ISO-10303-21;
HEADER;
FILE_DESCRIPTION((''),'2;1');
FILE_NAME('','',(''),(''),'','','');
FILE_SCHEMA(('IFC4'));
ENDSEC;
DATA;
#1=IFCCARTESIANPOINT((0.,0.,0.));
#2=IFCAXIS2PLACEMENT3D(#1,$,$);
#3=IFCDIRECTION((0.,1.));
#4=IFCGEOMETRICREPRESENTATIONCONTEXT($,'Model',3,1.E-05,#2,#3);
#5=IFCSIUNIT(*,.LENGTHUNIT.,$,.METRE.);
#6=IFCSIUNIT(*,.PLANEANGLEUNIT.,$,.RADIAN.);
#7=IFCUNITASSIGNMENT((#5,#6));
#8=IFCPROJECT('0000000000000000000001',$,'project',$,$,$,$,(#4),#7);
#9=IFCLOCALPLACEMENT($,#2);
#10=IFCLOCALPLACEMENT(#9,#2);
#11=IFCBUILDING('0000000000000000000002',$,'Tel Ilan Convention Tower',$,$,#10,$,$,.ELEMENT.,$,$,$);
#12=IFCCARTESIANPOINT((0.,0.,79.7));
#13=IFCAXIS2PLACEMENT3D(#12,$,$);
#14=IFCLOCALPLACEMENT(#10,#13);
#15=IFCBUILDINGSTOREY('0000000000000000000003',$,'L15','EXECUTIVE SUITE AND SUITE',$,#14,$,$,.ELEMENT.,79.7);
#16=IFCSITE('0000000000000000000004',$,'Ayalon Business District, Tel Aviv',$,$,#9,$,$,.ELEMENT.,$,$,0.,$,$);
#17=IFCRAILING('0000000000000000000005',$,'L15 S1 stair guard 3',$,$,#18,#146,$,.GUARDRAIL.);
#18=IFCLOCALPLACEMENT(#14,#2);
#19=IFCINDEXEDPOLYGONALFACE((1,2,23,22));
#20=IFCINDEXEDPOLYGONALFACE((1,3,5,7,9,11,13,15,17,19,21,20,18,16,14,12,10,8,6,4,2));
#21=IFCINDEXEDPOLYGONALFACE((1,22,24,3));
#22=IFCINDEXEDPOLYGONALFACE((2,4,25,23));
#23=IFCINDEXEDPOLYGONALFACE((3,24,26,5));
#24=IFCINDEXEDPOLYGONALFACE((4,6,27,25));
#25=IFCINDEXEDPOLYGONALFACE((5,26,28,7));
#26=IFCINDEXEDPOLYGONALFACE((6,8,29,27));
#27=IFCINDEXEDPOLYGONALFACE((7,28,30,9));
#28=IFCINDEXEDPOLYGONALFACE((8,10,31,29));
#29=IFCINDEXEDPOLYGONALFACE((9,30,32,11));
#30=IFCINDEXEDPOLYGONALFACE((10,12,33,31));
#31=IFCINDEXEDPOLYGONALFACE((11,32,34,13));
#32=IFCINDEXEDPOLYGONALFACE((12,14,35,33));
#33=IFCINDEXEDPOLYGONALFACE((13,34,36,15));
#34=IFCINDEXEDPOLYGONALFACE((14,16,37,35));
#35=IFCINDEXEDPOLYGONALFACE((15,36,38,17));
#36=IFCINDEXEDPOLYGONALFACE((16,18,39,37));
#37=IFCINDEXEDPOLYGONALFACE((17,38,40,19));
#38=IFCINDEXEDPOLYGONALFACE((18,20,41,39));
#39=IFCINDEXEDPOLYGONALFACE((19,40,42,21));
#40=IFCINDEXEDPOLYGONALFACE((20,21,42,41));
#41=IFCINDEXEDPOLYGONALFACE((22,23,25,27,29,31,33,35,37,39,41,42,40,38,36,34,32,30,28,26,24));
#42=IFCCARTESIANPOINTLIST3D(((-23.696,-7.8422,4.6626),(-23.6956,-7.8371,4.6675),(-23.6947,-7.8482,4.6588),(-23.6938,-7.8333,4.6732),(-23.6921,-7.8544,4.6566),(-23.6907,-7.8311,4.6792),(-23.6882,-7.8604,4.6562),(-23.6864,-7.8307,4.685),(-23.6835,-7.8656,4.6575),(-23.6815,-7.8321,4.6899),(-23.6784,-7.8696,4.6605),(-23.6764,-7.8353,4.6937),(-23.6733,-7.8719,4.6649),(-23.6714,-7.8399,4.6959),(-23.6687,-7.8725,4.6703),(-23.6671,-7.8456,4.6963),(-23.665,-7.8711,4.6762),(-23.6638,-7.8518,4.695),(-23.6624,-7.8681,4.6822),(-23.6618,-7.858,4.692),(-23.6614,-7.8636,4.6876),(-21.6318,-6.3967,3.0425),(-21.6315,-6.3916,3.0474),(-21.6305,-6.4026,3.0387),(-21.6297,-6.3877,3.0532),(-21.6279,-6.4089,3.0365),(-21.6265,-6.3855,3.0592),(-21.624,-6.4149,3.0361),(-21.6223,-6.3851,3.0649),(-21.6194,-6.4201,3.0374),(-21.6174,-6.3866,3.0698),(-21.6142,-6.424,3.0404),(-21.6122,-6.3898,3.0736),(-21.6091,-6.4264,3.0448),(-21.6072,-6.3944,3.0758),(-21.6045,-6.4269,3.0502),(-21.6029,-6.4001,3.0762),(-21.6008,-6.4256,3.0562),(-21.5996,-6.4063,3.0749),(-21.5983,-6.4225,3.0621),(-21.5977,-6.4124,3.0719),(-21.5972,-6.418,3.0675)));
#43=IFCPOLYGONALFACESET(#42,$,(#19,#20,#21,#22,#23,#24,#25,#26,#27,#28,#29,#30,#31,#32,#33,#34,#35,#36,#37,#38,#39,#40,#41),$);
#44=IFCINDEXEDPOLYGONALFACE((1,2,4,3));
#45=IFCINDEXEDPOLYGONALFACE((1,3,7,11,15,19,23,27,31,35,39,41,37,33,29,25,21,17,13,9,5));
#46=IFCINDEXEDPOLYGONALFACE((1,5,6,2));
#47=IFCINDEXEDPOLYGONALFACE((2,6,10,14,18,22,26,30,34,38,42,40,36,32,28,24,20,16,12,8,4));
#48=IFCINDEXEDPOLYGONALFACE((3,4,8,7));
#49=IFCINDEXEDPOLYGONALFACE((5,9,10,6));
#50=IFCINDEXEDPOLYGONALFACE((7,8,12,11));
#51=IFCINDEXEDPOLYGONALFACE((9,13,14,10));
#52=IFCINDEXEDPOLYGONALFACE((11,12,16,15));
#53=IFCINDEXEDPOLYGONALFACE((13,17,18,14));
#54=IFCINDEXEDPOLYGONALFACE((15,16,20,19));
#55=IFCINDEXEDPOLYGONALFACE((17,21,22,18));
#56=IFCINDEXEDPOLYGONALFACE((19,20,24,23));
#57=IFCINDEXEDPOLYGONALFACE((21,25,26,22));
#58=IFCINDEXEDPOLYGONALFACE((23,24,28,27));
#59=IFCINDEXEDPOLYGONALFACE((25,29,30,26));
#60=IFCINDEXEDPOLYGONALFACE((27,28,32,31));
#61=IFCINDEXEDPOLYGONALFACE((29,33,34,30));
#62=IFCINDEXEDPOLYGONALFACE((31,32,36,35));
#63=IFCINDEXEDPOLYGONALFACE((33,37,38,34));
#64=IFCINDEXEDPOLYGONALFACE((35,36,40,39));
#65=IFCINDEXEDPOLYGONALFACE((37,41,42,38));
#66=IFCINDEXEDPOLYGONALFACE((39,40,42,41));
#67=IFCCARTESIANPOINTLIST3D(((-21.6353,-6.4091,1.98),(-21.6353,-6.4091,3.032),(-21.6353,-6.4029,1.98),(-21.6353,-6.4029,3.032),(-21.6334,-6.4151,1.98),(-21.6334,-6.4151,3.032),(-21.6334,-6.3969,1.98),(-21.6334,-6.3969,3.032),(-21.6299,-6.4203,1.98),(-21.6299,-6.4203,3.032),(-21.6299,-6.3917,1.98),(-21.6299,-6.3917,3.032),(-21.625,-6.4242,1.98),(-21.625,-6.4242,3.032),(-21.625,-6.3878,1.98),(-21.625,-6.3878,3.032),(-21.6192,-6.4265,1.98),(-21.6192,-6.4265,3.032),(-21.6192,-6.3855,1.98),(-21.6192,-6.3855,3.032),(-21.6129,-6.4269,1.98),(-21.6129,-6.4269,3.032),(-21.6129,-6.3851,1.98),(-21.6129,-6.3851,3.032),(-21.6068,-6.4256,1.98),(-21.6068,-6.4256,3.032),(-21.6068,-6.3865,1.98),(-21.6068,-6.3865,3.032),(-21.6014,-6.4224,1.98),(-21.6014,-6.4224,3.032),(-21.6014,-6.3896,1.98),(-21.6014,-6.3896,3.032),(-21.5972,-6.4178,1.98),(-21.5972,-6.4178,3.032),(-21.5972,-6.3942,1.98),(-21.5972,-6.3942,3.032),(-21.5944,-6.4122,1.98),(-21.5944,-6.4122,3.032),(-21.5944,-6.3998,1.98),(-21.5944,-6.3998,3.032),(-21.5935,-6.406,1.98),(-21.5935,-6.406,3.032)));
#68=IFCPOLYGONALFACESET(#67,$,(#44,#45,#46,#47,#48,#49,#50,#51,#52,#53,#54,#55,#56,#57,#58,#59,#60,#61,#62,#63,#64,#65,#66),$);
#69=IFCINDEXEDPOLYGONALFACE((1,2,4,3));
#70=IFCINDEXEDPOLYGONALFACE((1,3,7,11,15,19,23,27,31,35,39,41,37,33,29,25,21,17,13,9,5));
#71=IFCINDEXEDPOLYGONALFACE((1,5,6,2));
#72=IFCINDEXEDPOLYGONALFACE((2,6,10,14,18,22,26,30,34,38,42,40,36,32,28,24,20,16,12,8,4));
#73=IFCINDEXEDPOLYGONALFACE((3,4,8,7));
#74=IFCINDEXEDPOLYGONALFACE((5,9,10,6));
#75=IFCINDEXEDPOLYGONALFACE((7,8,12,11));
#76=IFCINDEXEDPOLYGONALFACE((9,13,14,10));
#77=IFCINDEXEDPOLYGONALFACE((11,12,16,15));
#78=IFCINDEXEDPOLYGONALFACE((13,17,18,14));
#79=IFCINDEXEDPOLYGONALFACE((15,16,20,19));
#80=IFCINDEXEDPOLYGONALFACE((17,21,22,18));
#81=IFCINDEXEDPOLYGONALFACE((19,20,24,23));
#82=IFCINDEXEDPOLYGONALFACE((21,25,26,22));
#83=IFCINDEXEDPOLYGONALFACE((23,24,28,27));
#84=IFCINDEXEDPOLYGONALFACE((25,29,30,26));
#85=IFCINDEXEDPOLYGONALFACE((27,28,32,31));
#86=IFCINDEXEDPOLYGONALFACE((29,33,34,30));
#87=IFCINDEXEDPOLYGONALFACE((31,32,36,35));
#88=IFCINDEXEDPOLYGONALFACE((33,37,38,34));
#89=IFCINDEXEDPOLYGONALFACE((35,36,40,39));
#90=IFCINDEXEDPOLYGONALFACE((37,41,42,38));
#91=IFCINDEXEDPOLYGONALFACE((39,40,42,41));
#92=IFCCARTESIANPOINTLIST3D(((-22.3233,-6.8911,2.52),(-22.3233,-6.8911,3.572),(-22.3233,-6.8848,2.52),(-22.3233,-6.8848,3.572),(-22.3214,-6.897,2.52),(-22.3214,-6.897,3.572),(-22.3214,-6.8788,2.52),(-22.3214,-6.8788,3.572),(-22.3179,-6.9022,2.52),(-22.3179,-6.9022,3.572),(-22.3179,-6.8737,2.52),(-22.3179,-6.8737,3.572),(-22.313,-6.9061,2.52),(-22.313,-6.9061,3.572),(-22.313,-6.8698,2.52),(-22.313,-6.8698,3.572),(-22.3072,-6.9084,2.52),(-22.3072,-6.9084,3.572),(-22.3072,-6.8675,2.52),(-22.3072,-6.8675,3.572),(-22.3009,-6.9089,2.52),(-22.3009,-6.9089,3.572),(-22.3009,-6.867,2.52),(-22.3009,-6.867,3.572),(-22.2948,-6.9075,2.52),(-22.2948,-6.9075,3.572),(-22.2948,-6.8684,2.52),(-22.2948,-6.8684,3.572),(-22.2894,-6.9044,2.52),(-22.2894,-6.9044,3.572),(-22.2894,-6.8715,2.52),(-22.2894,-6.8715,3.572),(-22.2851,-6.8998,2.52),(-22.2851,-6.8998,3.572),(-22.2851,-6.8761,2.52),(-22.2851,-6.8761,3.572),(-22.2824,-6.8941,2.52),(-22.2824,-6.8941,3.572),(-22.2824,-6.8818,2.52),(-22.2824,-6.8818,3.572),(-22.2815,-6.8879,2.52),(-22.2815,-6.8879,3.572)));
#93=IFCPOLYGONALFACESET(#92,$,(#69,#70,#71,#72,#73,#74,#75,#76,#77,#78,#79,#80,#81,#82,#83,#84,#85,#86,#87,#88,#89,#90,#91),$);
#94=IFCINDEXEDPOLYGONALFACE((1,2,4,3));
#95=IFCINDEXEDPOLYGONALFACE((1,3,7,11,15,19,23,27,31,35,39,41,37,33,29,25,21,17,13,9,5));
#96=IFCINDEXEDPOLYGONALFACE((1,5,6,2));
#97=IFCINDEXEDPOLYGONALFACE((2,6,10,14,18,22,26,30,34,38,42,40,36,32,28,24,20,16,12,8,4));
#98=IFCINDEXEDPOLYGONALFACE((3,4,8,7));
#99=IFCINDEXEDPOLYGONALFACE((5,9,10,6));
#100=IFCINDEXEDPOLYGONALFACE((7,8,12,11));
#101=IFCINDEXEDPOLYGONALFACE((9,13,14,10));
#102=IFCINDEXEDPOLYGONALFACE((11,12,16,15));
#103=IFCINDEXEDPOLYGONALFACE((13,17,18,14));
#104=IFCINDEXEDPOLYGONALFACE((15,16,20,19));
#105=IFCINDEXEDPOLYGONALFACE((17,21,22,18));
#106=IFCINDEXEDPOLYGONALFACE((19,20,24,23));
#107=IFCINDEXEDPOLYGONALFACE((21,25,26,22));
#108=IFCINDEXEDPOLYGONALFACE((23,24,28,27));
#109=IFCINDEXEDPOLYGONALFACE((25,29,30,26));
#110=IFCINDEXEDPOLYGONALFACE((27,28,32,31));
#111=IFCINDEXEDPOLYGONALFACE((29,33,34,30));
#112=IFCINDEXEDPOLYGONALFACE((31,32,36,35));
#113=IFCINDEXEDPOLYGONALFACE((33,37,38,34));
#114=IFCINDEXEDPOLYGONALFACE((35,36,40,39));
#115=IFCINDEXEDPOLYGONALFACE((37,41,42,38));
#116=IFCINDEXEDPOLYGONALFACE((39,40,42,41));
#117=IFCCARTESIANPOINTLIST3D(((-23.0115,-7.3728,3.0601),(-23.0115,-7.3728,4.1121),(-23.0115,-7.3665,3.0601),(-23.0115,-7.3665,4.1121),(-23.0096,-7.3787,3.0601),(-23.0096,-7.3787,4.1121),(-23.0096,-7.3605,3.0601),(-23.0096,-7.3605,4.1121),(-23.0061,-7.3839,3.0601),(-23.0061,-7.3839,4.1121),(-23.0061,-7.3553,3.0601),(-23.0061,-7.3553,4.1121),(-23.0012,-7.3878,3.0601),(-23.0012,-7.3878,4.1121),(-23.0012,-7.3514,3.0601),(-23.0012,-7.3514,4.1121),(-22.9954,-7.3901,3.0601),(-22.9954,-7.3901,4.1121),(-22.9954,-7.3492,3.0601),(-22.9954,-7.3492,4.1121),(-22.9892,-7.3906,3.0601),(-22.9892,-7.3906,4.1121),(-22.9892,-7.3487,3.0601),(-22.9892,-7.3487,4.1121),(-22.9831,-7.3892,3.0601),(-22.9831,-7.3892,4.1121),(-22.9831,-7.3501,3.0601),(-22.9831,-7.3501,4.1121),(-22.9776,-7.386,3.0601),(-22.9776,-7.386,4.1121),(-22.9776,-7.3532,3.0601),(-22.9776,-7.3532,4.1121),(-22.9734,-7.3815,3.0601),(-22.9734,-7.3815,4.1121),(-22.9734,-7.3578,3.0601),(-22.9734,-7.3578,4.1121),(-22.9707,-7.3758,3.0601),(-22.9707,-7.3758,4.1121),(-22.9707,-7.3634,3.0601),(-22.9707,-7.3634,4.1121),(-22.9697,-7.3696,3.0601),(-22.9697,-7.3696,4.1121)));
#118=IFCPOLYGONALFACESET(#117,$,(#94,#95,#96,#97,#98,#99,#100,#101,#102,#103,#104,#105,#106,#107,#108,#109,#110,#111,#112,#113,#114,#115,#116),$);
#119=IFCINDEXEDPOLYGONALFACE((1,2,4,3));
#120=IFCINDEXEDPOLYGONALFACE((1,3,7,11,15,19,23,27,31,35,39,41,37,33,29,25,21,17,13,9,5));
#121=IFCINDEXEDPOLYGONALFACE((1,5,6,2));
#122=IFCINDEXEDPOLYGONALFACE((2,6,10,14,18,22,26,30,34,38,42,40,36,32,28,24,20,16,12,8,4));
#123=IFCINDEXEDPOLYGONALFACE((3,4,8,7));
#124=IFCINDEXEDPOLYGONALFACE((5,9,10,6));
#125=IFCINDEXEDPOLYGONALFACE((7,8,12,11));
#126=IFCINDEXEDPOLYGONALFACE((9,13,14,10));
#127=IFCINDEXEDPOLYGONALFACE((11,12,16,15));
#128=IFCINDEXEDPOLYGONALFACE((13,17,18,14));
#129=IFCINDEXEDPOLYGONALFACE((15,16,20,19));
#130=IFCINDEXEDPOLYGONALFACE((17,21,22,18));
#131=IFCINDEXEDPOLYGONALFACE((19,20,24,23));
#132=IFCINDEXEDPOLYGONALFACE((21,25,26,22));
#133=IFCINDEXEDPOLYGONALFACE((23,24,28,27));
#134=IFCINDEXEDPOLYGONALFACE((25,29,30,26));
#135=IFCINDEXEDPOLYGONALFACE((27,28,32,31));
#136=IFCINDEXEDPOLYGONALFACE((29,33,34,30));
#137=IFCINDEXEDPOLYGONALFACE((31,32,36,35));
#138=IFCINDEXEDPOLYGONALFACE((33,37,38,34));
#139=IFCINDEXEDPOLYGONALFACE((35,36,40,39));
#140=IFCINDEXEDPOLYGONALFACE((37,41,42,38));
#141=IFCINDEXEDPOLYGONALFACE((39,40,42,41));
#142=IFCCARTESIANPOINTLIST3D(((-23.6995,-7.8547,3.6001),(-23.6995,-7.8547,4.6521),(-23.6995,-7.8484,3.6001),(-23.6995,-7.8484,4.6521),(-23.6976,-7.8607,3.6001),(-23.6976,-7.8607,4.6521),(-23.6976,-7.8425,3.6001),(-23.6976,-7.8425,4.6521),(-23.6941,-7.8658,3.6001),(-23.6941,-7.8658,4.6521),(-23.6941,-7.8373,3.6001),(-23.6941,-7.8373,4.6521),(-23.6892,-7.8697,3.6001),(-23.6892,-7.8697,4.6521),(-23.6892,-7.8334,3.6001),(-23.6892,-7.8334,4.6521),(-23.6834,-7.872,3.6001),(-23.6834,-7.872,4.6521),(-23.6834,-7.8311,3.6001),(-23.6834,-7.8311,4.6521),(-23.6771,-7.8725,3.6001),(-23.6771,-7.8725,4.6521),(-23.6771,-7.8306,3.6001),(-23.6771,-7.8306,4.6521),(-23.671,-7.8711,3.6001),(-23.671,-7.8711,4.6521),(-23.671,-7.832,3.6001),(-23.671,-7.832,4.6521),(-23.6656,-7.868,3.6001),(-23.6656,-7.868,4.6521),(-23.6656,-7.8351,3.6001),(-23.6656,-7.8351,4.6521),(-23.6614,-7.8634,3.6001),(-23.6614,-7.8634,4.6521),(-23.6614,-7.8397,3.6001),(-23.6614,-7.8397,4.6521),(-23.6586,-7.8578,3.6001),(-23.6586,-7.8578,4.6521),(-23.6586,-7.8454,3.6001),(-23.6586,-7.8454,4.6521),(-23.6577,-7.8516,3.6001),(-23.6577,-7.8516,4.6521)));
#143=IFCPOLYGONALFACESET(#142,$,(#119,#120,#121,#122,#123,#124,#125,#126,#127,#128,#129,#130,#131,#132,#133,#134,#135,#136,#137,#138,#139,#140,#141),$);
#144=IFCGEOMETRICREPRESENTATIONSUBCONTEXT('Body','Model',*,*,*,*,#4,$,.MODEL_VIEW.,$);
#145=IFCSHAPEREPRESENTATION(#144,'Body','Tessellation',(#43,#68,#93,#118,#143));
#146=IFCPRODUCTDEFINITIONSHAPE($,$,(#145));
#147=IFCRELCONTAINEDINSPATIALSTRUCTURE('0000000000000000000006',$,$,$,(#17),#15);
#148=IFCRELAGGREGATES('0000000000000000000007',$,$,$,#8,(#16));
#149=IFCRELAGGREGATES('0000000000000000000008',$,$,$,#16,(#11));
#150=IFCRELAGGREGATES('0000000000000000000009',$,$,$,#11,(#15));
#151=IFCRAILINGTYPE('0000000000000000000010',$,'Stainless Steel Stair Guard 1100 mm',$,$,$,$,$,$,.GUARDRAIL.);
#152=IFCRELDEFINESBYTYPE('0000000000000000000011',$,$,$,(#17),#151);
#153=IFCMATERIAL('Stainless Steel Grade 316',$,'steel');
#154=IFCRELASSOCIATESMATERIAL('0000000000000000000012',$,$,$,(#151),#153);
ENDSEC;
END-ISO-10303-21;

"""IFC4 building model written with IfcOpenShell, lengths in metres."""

from ifc_helpers import new_model, si_unit, direction, frame, origin, origin_2d, place, context, subcontext, project, spatial, circle, extrude, material, type_object, element, save


model = new_model("IFC4")

# Units and contexts
model_context = context("Model", 3, precision=1e-05, world=origin(), true_north=direction((0.0, 1.0)))
body_context = subcontext(model_context, "Body", "Model", "MODEL_VIEW")
ifc_project = project(units=[si_unit("LENGTHUNIT", "METRE"), si_unit("PLANEANGLEUNIT", "RADIAN")], contexts=[model_context])

# Site, building, storey
site_placement = place(None, origin())
site = spatial("IfcSite", under=ifc_project, at=site_placement, Name="Ayalon Business District, Tel Aviv", CompositionType="ELEMENT", RefElevation=0.0)
building_placement = place(site_placement, origin())
building = spatial("IfcBuilding", under=site, at=building_placement, Name="Tel Ilan Convention Tower", CompositionType="ELEMENT")
storey_placement = place(building_placement, frame((0.0, 0.0, 79.7)))
storey = spatial("IfcBuildingStorey", under=building, at=storey_placement, Name="L15", Description="EXECUTIVE SUITE AND SUITE", CompositionType="ELEMENT", Elevation=79.7)

# Railing
ifc_material_1 = material(Name="Stainless Steel Grade 316", Category="steel")
railing_type_1 = type_object("IfcRailingType", Name="Stainless Steel Stair Guard 1100 mm", PredefinedType="GUARDRAIL", material=ifc_material_1)
railing_1_placement = place(storey_placement, frame((-21.6145, -6.406, 1.98)))
element("IfcRailing", 1, at=railing_1_placement, inside=storey, type_object=railing_type_1, Name="L15 S1 stair guard 3", PredefinedType="GUARDRAIL", context=body_context, shape_type="SweptSolid", body=[
    extrude(circle(Radius=0.0239, at=origin_2d()), frame((0.0, 0.0, 1.0762), z_axis=(-0.689013, -0.482513, 0.540779), x_axis=(0.573625, -0.819118, 0.0)), (0.0, 0.0, 1.0), 2.9958),
    extrude(circle(Radius=0.021, at=origin_2d()), origin(), (0.0, 0.0, 1.0), 1.052),
    extrude(circle(Radius=0.021, at=origin_2d()), frame((-0.688, -0.4819, 0.54)), (0.0, 0.0, 1.0), 1.052),
    extrude(circle(Radius=0.021, at=origin_2d()), frame((-1.3762, -0.9636, 1.0801)), (0.0, 0.0, 1.0), 1.052),
    extrude(circle(Radius=0.021, at=origin_2d()), frame((-2.0642, -1.4456, 1.6201)), (0.0, 0.0, 1.0), 1.052),
])

save(model, "model.ifc")
